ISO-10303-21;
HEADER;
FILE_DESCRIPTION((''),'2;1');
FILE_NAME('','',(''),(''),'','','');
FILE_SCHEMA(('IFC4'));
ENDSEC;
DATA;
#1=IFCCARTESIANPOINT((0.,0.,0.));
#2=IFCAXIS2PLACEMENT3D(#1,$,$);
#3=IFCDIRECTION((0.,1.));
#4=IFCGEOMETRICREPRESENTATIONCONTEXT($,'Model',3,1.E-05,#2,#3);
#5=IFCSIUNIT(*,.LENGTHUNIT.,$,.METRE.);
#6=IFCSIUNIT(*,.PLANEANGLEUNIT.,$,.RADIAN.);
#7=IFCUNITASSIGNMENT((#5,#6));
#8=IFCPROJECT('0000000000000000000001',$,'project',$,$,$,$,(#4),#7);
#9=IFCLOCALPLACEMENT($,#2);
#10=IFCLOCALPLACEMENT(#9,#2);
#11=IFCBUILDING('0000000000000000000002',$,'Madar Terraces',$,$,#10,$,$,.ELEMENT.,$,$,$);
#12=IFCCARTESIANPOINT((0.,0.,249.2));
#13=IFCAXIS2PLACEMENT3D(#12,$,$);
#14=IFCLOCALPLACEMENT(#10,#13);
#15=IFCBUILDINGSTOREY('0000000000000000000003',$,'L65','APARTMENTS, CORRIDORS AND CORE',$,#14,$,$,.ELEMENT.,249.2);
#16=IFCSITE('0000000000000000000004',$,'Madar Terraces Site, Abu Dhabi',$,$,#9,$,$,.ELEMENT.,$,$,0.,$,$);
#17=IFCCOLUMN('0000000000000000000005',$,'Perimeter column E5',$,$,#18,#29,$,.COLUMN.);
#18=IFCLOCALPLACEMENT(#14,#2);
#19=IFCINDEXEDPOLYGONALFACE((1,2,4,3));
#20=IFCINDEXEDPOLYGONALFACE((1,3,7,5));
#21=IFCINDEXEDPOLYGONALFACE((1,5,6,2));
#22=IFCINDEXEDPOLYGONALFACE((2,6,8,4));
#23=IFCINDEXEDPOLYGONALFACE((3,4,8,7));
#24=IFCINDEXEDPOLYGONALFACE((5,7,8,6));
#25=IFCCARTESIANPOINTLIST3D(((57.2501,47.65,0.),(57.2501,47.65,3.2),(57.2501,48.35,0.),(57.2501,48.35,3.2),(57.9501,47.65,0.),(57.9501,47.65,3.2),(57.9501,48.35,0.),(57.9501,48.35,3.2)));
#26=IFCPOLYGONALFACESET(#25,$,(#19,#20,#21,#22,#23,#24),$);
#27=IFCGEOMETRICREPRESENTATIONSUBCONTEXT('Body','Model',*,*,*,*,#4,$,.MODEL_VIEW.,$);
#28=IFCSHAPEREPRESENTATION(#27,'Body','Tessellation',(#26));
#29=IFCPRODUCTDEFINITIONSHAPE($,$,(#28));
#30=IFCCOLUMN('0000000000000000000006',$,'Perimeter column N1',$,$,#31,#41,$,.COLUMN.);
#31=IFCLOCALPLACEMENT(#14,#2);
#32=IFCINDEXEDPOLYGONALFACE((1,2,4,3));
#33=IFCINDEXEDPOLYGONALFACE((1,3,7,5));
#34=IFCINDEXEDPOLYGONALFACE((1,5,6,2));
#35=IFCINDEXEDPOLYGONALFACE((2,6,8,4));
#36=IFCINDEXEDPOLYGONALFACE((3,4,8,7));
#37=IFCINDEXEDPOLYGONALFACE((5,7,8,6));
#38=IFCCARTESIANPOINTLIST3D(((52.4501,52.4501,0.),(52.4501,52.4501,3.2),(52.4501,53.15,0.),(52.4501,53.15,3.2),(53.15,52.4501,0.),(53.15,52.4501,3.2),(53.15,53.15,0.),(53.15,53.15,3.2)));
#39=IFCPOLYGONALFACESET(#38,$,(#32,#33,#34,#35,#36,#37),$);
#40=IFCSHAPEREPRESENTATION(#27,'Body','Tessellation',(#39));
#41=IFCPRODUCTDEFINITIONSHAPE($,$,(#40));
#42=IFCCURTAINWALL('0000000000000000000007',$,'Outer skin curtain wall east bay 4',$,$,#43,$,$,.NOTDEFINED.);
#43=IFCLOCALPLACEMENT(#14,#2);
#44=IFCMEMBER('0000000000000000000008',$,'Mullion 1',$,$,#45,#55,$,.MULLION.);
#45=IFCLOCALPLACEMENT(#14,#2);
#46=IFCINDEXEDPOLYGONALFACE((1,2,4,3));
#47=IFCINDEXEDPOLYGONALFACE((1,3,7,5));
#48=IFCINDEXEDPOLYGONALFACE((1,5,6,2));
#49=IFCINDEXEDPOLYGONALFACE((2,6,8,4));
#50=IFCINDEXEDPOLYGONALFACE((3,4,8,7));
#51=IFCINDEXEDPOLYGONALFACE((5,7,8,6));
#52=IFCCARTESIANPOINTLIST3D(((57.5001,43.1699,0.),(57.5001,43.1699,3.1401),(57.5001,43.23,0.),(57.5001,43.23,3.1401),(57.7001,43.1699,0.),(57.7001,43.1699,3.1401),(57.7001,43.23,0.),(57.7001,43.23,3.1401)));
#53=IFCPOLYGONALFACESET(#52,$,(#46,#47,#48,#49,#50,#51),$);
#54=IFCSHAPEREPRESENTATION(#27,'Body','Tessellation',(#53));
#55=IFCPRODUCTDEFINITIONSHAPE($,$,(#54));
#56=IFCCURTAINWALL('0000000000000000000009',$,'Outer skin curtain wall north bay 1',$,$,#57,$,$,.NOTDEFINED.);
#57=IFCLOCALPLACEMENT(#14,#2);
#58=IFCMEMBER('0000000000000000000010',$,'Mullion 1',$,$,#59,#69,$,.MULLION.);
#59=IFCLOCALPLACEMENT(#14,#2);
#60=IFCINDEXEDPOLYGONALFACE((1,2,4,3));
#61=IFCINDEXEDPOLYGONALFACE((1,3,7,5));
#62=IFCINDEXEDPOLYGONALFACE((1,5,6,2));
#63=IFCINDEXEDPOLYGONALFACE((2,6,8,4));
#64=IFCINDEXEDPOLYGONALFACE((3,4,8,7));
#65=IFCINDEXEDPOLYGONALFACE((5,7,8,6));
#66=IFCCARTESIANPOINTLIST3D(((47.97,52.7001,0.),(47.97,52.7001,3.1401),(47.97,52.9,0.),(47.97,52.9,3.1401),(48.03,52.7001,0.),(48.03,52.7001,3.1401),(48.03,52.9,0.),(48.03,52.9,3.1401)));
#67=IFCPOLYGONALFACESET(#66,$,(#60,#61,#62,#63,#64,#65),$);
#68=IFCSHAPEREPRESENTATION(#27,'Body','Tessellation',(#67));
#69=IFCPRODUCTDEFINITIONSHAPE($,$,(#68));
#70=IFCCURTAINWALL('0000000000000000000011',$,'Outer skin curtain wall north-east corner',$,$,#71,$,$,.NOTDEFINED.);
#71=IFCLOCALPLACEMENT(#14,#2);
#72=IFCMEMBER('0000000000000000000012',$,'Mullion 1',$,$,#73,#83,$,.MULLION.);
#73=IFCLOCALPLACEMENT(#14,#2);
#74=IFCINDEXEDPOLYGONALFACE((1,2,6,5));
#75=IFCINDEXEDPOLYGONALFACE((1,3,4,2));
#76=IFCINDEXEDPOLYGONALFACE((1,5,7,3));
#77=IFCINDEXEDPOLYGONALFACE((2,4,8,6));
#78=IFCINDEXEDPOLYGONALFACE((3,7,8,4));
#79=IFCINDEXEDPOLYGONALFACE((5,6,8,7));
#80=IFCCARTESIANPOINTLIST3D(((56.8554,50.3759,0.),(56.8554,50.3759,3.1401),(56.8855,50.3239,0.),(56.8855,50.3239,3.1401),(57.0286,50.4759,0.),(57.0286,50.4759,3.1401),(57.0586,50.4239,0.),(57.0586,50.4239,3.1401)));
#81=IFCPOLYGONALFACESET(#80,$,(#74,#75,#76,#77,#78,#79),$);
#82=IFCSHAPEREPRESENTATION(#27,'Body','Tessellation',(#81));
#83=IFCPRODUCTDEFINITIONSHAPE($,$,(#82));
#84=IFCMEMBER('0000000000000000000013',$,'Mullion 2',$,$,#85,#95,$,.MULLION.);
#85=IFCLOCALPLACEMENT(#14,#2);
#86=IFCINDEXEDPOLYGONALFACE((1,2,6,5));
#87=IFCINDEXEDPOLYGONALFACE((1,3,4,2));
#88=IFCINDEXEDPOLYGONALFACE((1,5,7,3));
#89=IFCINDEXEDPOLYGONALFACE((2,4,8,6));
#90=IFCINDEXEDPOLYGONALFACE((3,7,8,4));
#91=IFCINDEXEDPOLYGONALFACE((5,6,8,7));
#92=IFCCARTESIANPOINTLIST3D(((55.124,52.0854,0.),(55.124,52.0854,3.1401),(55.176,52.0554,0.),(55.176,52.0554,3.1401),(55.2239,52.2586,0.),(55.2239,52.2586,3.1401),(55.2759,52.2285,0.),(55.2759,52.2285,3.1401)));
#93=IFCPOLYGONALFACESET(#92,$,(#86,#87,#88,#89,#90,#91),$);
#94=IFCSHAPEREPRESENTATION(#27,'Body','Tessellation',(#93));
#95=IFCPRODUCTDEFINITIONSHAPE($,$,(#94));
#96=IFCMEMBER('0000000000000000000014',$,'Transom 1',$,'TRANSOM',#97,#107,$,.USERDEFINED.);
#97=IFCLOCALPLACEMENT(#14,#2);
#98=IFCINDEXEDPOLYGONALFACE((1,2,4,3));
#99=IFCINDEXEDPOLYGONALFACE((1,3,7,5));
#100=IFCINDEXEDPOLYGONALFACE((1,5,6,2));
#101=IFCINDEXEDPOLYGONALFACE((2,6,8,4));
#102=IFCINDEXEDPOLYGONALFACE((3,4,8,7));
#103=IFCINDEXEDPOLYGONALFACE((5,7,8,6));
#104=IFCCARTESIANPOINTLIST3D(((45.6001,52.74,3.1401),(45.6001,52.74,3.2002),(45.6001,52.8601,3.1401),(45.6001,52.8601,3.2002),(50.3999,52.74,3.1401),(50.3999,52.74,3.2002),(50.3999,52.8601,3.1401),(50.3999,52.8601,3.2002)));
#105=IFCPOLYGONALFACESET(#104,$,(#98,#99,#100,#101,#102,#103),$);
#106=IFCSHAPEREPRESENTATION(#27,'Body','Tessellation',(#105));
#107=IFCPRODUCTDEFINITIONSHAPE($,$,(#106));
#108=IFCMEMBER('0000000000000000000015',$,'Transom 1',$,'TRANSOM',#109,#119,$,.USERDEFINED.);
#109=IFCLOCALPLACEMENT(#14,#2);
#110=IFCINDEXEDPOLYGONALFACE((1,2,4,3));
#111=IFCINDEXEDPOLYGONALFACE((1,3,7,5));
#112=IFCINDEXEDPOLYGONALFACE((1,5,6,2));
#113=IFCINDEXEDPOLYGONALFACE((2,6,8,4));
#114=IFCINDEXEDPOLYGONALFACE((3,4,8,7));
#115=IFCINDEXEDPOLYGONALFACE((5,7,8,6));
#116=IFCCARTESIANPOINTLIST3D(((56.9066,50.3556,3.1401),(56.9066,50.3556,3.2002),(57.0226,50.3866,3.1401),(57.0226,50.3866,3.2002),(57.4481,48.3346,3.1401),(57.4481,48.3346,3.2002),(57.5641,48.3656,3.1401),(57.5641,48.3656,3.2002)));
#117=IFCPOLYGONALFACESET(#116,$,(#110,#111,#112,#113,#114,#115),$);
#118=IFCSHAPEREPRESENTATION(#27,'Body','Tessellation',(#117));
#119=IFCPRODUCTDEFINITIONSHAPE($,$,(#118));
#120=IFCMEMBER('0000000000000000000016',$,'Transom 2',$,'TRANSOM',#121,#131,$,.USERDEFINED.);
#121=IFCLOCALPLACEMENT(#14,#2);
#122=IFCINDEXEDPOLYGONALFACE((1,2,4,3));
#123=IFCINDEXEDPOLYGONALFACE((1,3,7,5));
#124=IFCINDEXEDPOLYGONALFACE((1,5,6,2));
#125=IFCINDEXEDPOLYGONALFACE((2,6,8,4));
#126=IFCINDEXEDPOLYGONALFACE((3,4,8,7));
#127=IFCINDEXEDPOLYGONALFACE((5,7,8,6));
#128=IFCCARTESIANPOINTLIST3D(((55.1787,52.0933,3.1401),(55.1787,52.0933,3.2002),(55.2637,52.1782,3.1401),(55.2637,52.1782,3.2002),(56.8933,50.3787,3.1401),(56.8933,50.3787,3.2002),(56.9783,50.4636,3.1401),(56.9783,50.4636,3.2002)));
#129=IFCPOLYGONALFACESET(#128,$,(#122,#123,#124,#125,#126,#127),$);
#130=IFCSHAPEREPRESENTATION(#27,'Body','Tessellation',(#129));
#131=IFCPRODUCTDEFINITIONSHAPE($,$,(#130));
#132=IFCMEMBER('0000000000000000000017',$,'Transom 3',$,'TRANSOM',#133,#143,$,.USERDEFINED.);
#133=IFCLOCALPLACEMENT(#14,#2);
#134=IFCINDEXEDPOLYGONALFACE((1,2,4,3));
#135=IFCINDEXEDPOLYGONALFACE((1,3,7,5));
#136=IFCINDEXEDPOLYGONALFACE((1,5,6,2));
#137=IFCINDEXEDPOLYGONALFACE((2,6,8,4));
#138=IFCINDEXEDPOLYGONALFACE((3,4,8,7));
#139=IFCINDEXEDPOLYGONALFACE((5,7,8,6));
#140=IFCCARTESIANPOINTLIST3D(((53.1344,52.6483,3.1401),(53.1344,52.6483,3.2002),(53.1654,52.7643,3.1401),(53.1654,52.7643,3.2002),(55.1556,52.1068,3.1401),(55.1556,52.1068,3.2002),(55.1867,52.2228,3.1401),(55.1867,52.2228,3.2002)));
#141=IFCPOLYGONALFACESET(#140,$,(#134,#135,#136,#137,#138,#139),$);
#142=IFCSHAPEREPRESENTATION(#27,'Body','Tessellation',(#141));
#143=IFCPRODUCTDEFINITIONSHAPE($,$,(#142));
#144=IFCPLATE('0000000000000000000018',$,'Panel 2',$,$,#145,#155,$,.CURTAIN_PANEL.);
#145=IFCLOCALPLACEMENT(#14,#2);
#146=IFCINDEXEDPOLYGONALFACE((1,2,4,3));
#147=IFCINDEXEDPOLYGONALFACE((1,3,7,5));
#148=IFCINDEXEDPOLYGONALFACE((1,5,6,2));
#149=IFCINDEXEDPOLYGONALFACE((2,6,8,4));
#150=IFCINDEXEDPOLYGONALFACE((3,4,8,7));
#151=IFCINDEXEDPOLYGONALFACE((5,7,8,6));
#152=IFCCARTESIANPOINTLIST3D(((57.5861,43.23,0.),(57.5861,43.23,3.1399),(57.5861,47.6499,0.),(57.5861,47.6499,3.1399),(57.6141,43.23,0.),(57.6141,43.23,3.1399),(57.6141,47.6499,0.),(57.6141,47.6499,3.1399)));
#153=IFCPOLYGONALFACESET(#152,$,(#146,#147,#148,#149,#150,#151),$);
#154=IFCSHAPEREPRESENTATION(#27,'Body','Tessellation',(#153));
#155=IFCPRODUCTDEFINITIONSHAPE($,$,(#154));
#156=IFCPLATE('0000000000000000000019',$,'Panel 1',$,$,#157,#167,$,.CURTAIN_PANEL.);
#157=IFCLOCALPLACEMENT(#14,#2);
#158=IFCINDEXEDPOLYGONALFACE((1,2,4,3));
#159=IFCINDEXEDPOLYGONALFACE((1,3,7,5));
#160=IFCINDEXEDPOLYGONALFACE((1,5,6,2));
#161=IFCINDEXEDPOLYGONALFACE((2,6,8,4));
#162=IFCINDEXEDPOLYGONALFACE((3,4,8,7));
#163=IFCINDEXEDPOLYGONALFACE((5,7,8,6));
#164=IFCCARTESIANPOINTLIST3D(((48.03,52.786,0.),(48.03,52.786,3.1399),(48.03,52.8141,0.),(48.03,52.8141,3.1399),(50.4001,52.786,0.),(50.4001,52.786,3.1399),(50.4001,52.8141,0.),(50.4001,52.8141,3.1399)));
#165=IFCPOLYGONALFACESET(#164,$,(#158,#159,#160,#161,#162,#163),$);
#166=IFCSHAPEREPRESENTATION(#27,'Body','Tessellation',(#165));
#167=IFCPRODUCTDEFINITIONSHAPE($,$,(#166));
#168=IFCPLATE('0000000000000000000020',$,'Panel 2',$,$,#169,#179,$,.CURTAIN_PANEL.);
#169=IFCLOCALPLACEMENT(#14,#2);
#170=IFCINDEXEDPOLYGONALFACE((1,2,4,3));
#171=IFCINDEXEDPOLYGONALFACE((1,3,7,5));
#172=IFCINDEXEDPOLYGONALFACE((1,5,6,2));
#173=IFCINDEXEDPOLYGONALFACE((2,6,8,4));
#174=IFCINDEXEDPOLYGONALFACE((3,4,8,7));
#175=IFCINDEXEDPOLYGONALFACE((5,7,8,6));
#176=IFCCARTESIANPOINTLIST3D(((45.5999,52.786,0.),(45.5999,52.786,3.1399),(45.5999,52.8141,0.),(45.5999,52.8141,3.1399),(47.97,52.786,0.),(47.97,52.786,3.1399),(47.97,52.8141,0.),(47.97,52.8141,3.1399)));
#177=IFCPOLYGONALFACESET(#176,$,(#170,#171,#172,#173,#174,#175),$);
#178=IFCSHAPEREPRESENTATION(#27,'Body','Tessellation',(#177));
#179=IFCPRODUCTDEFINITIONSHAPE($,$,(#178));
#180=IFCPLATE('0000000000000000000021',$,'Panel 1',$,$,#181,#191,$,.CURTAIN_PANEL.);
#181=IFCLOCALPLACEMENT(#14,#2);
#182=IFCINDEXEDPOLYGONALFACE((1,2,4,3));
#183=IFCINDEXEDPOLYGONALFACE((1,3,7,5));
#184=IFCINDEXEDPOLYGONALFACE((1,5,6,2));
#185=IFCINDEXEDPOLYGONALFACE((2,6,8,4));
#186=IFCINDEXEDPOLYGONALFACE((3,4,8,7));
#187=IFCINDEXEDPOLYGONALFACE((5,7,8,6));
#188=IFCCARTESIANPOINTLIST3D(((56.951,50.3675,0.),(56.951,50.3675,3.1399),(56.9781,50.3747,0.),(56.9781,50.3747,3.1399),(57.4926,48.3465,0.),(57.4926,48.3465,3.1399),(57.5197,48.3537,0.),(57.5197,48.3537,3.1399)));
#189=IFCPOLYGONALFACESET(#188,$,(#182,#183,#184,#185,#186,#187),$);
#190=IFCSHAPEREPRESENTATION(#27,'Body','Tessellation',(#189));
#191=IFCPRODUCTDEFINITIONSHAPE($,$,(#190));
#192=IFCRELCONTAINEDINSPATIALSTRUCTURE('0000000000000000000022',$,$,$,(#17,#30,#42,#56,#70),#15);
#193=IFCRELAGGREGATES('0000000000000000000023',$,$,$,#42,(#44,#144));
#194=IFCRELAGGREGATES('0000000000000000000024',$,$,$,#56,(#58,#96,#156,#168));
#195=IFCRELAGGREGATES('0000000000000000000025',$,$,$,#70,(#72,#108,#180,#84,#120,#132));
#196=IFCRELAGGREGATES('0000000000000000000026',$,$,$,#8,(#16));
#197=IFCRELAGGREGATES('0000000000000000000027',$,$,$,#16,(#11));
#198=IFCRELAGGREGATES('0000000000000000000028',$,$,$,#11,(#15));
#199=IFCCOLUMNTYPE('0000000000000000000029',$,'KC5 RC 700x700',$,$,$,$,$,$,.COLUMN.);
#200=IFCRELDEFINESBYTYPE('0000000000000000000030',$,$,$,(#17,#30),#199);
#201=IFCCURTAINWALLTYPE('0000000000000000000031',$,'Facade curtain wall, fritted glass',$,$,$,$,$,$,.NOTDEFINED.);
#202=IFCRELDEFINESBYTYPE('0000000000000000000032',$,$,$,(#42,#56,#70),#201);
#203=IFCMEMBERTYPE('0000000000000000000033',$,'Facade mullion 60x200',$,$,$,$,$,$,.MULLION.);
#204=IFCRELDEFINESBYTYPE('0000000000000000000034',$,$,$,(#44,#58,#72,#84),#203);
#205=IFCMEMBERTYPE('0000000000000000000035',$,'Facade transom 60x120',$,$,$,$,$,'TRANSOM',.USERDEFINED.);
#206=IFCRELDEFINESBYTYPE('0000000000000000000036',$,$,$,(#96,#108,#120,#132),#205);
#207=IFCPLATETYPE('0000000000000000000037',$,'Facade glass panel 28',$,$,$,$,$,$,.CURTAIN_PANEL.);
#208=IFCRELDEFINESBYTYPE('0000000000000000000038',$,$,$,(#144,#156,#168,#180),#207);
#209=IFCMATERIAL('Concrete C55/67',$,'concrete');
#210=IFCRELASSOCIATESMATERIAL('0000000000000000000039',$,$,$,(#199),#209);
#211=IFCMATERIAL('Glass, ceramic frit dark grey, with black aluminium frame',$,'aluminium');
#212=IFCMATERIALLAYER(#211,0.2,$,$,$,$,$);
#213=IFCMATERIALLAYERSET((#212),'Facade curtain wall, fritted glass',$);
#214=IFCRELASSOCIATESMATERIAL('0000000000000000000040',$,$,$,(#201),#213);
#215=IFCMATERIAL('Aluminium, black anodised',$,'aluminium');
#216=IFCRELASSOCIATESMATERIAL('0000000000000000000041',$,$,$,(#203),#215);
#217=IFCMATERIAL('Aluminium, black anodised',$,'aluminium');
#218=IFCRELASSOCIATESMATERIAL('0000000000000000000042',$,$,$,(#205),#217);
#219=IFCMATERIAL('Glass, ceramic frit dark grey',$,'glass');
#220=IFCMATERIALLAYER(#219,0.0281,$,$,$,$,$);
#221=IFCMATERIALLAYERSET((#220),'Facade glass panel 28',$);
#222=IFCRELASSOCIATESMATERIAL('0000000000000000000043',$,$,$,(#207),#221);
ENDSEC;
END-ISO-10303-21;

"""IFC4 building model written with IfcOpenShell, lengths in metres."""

from ifc_helpers import new_model, si_unit, direction, frame, origin, origin_2d, place, context, subcontext, project, spatial, rectangle, extrude, material, layer, layer_set, material_profile, profile_set, type_object, element, aggregate, save


model = new_model("IFC4")

# Units and contexts
model_context = context("Model", 3, precision=1e-05, world=origin(), true_north=direction((0.0, 1.0)))
body_context = subcontext(model_context, "Body", "Model", "MODEL_VIEW")
ifc_project = project(units=[si_unit("LENGTHUNIT", "METRE"), si_unit("PLANEANGLEUNIT", "RADIAN")], contexts=[model_context])

# Site, building, storey
site_placement = place(None, origin())
site = spatial("IfcSite", under=ifc_project, at=site_placement, Name="Madar Terraces Site, Abu Dhabi", CompositionType="ELEMENT", RefElevation=0.0)
building_placement = place(site_placement, origin())
building = spatial("IfcBuilding", under=site, at=building_placement, Name="Madar Terraces", CompositionType="ELEMENT")
storey_placement = place(building_placement, frame((0.0, 0.0, 249.2)))
storey = spatial("IfcBuildingStorey", under=building, at=storey_placement, Name="L65", Description="APARTMENTS, CORRIDORS AND CORE", CompositionType="ELEMENT", Elevation=249.2)

# Columns
ifc_material_1 = material(Name="Concrete C55/67", Category="concrete")
ifc_material_profile_1 = material_profile(ifc_material_1, rectangle(XDim=0.7, YDim=0.7, at=origin_2d()), Name="KC5 RC 700x700")
ifc_profile_set_1 = profile_set([ifc_material_profile_1], Name="Concrete C55/67")
column_type = type_object("IfcColumnType", Name="KC5 RC 700x700", PredefinedType="COLUMN", material=ifc_profile_set_1)
for number, where, z_axis, x_axis, name in (
    (1, (57.6001, 48.0, 0.0), (0.0, 0.0, 1.0), (1.0, 0.0, 0.0), "Perimeter column E5"),
    (2, (52.8, 52.8, 0.0), (0.0, 0.0, 1.0), (1.0, 0.0, 0.0), "Perimeter column N1"),
):
    element("IfcColumn", number, at=place(storey_placement, frame(where, z_axis=z_axis, x_axis=x_axis)), inside=storey, type_object=column_type, Name=name, PredefinedType="COLUMN", context=body_context, shape_type="SweptSolid", body=[
        extrude(rectangle(XDim=0.7, YDim=0.7, at=origin_2d()), origin(), (0.0, 0.0, 1.0), 3.2),
    ])

# Curtain walls, members
ifc_material_2 = material(Name="Glass, ceramic frit dark grey, with black aluminium frame", Category="aluminium")
ifc_layer_1 = layer(ifc_material_2, 0.2)
ifc_layer_set_1 = layer_set([ifc_layer_1], Name="Facade curtain wall, fritted glass")
curtain_wall_type = type_object("IfcCurtainWallType", Name="Facade curtain wall, fritted glass", PredefinedType="NOTDEFINED", material=ifc_layer_set_1)
curtain_wall_1_placement = place(storey_placement, origin())
curtain_wall_1 = element("IfcCurtainWall", 3, at=curtain_wall_1_placement, inside=storey, type_object=curtain_wall_type, Name="Outer skin curtain wall east bay 4", PredefinedType="NOTDEFINED")
ifc_material_3 = material(Name="Aluminium, black anodised", Category="aluminium")
ifc_material_profile_2 = material_profile(ifc_material_3, rectangle(XDim=0.2, YDim=0.0601, at=origin_2d()), Name="Facade mullion 60x200")
ifc_profile_set_2 = profile_set([ifc_material_profile_2], Name="Aluminium, black anodised")
member_type_1 = type_object("IfcMemberType", Name="Facade mullion 60x200", PredefinedType="MULLION", material=ifc_profile_set_2)
member_1_placement = place(storey_placement, frame((57.6001, 43.2, 0.0), z_axis=(0.0, 0.0, 1.0), x_axis=(-1.0, 0.0, 0.0)))
member_1 = element("IfcMember", 4, at=member_1_placement, type_object=member_type_1, Name="Mullion 1", PredefinedType="MULLION", context=body_context, shape_type="SweptSolid", body=[
    extrude(rectangle(XDim=0.2, YDim=0.0601, at=origin_2d()), origin(), (0.0, 0.0, 1.0), 3.1401),
])
curtain_wall_2_placement = place(storey_placement, origin())
curtain_wall_2 = element("IfcCurtainWall", 5, at=curtain_wall_2_placement, inside=storey, type_object=curtain_wall_type, Name="Outer skin curtain wall north bay 1", PredefinedType="NOTDEFINED")
member_2_placement = place(storey_placement, frame((48.0, 52.8, 0.0), z_axis=(0.0, 0.0, 1.0), x_axis=(0.0, -1.0, 0.0)))
member_2 = element("IfcMember", 6, at=member_2_placement, type_object=member_type_1, Name="Mullion 1", PredefinedType="MULLION", context=body_context, shape_type="SweptSolid", body=[
    extrude(rectangle(XDim=0.2, YDim=0.0601, at=origin_2d()), origin(), (0.0, 0.0, 1.0), 3.1401),
])

# Curtain wall, members
curtain_wall_3_placement = place(storey_placement, origin())
curtain_wall_3 = element("IfcCurtainWall", 7, at=curtain_wall_3_placement, inside=storey, type_object=curtain_wall_type, Name="Outer skin curtain wall north-east corner", PredefinedType="NOTDEFINED")
member_3_placement = place(storey_placement, frame((56.957, 50.3999, 0.0), z_axis=(0.0, 0.0, 1.0), x_axis=(-0.866025, -0.5, 0.0)))
member_3 = element("IfcMember", 8, at=member_3_placement, type_object=member_type_1, Name="Mullion 1", PredefinedType="MULLION", context=body_context, shape_type="SweptSolid", body=[
    extrude(rectangle(XDim=0.2, YDim=0.0601, at=origin_2d()), origin(), (0.0, 0.0, 1.0), 3.1401),
])
member_4_placement = place(storey_placement, frame((55.2, 52.157, 0.0), z_axis=(0.0, 0.0, 1.0), x_axis=(-0.5, -0.866025, 0.0)))
member_4 = element("IfcMember", 9, at=member_4_placement, type_object=member_type_1, Name="Mullion 2", PredefinedType="MULLION", context=body_context, shape_type="SweptSolid", body=[
    extrude(rectangle(XDim=0.2, YDim=0.0601, at=origin_2d()), origin(), (0.0, 0.0, 1.0), 3.1401),
])

# Members
ifc_material_4 = material(Name="Aluminium, black anodised", Category="aluminium")
ifc_material_profile_3 = material_profile(ifc_material_4, rectangle(XDim=0.1201, YDim=0.0601, at=origin_2d()), Name="Facade transom 60x120")
ifc_profile_set_3 = profile_set([ifc_material_profile_3], Name="Aluminium, black anodised")
member_type_2 = type_object("IfcMemberType", Name="Facade transom 60x120", ElementType="TRANSOM", PredefinedType="USERDEFINED", material=ifc_profile_set_3)
member_5_placement = place(storey_placement, frame((50.3999, 52.8, 3.1702), z_axis=(-1.0, 0.0, 0.0), x_axis=(0.0, -1.0, 0.0)))
member_5 = element("IfcMember", 10, at=member_5_placement, type_object=member_type_2, Name="Transom 1", ObjectType="TRANSOM", PredefinedType="USERDEFINED", context=body_context, shape_type="SweptSolid", body=[
    extrude(rectangle(XDim=0.1201, YDim=0.0601, at=origin_2d()), origin(), (0.0, 0.0, 1.0), 4.7998),
])
member_6_placement = place(storey_placement, frame((57.5061, 48.3501, 3.1702), z_axis=(-0.25881, 0.965928, 0.0), x_axis=(-0.965928, -0.25881, 0.0)))
member_6 = element("IfcMember", 11, at=member_6_placement, type_object=member_type_2, Name="Transom 1", ObjectType="TRANSOM", PredefinedType="USERDEFINED", context=body_context, shape_type="SweptSolid", body=[
    extrude(rectangle(XDim=0.1201, YDim=0.0601, at=origin_2d()), origin(), (0.0, 0.0, 1.0), 2.0923),
])
member_7_placement = place(storey_placement, frame((56.9358, 50.4211, 3.1702), z_axis=(-0.707107, 0.707107, 0.0), x_axis=(-0.707107, -0.707107, 0.0)))
member_7 = element("IfcMember", 12, at=member_7_placement, type_object=member_type_2, Name="Transom 2", ObjectType="TRANSOM", PredefinedType="USERDEFINED", context=body_context, shape_type="SweptSolid", body=[
    extrude(rectangle(XDim=0.1201, YDim=0.0601, at=origin_2d()), origin(), (0.0, 0.0, 1.0), 2.4248),
])
member_8_placement = place(storey_placement, frame((55.1711, 52.1648, 3.1702), z_axis=(-0.965936, 0.258781, 0.0), x_axis=(-0.258781, -0.965936, 0.0)))
member_8 = element("IfcMember", 13, at=member_8_placement, type_object=member_type_2, Name="Transom 3", ObjectType="TRANSOM", PredefinedType="USERDEFINED", context=body_context, shape_type="SweptSolid", body=[
    extrude(rectangle(XDim=0.1201, YDim=0.0601, at=origin_2d()), origin(), (0.0, 0.0, 1.0), 2.0925),
])

# Plates
ifc_material_5 = material(Name="Glass, ceramic frit dark grey", Category="glass")
ifc_layer_2 = layer(ifc_material_5, 0.0281)
ifc_layer_set_2 = layer_set([ifc_layer_2], Name="Facade glass panel 28")
plate_type = type_object("IfcPlateType", Name="Facade glass panel 28", PredefinedType="CURTAIN_PANEL", material=ifc_layer_set_2)
plate_1_placement = place(storey_placement, frame((57.6001, 45.4399, 0.0), z_axis=(0.0, 0.0, 1.0), x_axis=(0.0, 1.0, 0.0)))
plate_1 = element("IfcPlate", 14, at=plate_1_placement, type_object=plate_type, Name="Panel 2", PredefinedType="CURTAIN_PANEL", context=body_context, shape_type="SweptSolid", body=[
    extrude(rectangle(XDim=4.4199, YDim=0.0281, at=origin_2d()), origin(), (0.0, 0.0, 1.0), 3.1399),
])
aggregate(curtain_wall_1, [member_1, plate_1])
plate_2_placement = place(storey_placement, frame((49.2151, 52.8, 0.0), z_axis=(0.0, 0.0, 1.0), x_axis=(-1.0, 0.0, 0.0)))
plate_2 = element("IfcPlate", 15, at=plate_2_placement, type_object=plate_type, Name="Panel 1", PredefinedType="CURTAIN_PANEL", context=body_context, shape_type="SweptSolid", body=[
    extrude(rectangle(XDim=2.3701, YDim=0.0281, at=origin_2d()), origin(), (0.0, 0.0, 1.0), 3.1399),
])
plate_3_placement = place(storey_placement, frame((46.7849, 52.8, 0.0), z_axis=(0.0, 0.0, 1.0), x_axis=(-1.0, 0.0, 0.0)))
plate_3 = element("IfcPlate", 16, at=plate_3_placement, type_object=plate_type, Name="Panel 2", PredefinedType="CURTAIN_PANEL", context=body_context, shape_type="SweptSolid", body=[
    extrude(rectangle(XDim=2.3701, YDim=0.0281, at=origin_2d()), origin(), (0.0, 0.0, 1.0), 3.1399),
])
aggregate(curtain_wall_2, [member_2, member_5, plate_2, plate_3])
plate_4_placement = place(storey_placement, frame((57.2354, 49.3606, 0.0), z_axis=(0.0, 0.0, 1.0), x_axis=(-0.258819, 0.965926, 0.0)))
plate_4 = element("IfcPlate", 17, at=plate_4_placement, type_object=plate_type, Name="Panel 1", PredefinedType="CURTAIN_PANEL", context=body_context, shape_type="SweptSolid", body=[
    extrude(rectangle(XDim=2.0923, YDim=0.0281, at=origin_2d()), origin(), (0.0, 0.0, 1.0), 3.1399),
])
aggregate(curtain_wall_3, [member_3, member_6, plate_4, member_4, member_7, member_8])

save(model, "model.ifc")
